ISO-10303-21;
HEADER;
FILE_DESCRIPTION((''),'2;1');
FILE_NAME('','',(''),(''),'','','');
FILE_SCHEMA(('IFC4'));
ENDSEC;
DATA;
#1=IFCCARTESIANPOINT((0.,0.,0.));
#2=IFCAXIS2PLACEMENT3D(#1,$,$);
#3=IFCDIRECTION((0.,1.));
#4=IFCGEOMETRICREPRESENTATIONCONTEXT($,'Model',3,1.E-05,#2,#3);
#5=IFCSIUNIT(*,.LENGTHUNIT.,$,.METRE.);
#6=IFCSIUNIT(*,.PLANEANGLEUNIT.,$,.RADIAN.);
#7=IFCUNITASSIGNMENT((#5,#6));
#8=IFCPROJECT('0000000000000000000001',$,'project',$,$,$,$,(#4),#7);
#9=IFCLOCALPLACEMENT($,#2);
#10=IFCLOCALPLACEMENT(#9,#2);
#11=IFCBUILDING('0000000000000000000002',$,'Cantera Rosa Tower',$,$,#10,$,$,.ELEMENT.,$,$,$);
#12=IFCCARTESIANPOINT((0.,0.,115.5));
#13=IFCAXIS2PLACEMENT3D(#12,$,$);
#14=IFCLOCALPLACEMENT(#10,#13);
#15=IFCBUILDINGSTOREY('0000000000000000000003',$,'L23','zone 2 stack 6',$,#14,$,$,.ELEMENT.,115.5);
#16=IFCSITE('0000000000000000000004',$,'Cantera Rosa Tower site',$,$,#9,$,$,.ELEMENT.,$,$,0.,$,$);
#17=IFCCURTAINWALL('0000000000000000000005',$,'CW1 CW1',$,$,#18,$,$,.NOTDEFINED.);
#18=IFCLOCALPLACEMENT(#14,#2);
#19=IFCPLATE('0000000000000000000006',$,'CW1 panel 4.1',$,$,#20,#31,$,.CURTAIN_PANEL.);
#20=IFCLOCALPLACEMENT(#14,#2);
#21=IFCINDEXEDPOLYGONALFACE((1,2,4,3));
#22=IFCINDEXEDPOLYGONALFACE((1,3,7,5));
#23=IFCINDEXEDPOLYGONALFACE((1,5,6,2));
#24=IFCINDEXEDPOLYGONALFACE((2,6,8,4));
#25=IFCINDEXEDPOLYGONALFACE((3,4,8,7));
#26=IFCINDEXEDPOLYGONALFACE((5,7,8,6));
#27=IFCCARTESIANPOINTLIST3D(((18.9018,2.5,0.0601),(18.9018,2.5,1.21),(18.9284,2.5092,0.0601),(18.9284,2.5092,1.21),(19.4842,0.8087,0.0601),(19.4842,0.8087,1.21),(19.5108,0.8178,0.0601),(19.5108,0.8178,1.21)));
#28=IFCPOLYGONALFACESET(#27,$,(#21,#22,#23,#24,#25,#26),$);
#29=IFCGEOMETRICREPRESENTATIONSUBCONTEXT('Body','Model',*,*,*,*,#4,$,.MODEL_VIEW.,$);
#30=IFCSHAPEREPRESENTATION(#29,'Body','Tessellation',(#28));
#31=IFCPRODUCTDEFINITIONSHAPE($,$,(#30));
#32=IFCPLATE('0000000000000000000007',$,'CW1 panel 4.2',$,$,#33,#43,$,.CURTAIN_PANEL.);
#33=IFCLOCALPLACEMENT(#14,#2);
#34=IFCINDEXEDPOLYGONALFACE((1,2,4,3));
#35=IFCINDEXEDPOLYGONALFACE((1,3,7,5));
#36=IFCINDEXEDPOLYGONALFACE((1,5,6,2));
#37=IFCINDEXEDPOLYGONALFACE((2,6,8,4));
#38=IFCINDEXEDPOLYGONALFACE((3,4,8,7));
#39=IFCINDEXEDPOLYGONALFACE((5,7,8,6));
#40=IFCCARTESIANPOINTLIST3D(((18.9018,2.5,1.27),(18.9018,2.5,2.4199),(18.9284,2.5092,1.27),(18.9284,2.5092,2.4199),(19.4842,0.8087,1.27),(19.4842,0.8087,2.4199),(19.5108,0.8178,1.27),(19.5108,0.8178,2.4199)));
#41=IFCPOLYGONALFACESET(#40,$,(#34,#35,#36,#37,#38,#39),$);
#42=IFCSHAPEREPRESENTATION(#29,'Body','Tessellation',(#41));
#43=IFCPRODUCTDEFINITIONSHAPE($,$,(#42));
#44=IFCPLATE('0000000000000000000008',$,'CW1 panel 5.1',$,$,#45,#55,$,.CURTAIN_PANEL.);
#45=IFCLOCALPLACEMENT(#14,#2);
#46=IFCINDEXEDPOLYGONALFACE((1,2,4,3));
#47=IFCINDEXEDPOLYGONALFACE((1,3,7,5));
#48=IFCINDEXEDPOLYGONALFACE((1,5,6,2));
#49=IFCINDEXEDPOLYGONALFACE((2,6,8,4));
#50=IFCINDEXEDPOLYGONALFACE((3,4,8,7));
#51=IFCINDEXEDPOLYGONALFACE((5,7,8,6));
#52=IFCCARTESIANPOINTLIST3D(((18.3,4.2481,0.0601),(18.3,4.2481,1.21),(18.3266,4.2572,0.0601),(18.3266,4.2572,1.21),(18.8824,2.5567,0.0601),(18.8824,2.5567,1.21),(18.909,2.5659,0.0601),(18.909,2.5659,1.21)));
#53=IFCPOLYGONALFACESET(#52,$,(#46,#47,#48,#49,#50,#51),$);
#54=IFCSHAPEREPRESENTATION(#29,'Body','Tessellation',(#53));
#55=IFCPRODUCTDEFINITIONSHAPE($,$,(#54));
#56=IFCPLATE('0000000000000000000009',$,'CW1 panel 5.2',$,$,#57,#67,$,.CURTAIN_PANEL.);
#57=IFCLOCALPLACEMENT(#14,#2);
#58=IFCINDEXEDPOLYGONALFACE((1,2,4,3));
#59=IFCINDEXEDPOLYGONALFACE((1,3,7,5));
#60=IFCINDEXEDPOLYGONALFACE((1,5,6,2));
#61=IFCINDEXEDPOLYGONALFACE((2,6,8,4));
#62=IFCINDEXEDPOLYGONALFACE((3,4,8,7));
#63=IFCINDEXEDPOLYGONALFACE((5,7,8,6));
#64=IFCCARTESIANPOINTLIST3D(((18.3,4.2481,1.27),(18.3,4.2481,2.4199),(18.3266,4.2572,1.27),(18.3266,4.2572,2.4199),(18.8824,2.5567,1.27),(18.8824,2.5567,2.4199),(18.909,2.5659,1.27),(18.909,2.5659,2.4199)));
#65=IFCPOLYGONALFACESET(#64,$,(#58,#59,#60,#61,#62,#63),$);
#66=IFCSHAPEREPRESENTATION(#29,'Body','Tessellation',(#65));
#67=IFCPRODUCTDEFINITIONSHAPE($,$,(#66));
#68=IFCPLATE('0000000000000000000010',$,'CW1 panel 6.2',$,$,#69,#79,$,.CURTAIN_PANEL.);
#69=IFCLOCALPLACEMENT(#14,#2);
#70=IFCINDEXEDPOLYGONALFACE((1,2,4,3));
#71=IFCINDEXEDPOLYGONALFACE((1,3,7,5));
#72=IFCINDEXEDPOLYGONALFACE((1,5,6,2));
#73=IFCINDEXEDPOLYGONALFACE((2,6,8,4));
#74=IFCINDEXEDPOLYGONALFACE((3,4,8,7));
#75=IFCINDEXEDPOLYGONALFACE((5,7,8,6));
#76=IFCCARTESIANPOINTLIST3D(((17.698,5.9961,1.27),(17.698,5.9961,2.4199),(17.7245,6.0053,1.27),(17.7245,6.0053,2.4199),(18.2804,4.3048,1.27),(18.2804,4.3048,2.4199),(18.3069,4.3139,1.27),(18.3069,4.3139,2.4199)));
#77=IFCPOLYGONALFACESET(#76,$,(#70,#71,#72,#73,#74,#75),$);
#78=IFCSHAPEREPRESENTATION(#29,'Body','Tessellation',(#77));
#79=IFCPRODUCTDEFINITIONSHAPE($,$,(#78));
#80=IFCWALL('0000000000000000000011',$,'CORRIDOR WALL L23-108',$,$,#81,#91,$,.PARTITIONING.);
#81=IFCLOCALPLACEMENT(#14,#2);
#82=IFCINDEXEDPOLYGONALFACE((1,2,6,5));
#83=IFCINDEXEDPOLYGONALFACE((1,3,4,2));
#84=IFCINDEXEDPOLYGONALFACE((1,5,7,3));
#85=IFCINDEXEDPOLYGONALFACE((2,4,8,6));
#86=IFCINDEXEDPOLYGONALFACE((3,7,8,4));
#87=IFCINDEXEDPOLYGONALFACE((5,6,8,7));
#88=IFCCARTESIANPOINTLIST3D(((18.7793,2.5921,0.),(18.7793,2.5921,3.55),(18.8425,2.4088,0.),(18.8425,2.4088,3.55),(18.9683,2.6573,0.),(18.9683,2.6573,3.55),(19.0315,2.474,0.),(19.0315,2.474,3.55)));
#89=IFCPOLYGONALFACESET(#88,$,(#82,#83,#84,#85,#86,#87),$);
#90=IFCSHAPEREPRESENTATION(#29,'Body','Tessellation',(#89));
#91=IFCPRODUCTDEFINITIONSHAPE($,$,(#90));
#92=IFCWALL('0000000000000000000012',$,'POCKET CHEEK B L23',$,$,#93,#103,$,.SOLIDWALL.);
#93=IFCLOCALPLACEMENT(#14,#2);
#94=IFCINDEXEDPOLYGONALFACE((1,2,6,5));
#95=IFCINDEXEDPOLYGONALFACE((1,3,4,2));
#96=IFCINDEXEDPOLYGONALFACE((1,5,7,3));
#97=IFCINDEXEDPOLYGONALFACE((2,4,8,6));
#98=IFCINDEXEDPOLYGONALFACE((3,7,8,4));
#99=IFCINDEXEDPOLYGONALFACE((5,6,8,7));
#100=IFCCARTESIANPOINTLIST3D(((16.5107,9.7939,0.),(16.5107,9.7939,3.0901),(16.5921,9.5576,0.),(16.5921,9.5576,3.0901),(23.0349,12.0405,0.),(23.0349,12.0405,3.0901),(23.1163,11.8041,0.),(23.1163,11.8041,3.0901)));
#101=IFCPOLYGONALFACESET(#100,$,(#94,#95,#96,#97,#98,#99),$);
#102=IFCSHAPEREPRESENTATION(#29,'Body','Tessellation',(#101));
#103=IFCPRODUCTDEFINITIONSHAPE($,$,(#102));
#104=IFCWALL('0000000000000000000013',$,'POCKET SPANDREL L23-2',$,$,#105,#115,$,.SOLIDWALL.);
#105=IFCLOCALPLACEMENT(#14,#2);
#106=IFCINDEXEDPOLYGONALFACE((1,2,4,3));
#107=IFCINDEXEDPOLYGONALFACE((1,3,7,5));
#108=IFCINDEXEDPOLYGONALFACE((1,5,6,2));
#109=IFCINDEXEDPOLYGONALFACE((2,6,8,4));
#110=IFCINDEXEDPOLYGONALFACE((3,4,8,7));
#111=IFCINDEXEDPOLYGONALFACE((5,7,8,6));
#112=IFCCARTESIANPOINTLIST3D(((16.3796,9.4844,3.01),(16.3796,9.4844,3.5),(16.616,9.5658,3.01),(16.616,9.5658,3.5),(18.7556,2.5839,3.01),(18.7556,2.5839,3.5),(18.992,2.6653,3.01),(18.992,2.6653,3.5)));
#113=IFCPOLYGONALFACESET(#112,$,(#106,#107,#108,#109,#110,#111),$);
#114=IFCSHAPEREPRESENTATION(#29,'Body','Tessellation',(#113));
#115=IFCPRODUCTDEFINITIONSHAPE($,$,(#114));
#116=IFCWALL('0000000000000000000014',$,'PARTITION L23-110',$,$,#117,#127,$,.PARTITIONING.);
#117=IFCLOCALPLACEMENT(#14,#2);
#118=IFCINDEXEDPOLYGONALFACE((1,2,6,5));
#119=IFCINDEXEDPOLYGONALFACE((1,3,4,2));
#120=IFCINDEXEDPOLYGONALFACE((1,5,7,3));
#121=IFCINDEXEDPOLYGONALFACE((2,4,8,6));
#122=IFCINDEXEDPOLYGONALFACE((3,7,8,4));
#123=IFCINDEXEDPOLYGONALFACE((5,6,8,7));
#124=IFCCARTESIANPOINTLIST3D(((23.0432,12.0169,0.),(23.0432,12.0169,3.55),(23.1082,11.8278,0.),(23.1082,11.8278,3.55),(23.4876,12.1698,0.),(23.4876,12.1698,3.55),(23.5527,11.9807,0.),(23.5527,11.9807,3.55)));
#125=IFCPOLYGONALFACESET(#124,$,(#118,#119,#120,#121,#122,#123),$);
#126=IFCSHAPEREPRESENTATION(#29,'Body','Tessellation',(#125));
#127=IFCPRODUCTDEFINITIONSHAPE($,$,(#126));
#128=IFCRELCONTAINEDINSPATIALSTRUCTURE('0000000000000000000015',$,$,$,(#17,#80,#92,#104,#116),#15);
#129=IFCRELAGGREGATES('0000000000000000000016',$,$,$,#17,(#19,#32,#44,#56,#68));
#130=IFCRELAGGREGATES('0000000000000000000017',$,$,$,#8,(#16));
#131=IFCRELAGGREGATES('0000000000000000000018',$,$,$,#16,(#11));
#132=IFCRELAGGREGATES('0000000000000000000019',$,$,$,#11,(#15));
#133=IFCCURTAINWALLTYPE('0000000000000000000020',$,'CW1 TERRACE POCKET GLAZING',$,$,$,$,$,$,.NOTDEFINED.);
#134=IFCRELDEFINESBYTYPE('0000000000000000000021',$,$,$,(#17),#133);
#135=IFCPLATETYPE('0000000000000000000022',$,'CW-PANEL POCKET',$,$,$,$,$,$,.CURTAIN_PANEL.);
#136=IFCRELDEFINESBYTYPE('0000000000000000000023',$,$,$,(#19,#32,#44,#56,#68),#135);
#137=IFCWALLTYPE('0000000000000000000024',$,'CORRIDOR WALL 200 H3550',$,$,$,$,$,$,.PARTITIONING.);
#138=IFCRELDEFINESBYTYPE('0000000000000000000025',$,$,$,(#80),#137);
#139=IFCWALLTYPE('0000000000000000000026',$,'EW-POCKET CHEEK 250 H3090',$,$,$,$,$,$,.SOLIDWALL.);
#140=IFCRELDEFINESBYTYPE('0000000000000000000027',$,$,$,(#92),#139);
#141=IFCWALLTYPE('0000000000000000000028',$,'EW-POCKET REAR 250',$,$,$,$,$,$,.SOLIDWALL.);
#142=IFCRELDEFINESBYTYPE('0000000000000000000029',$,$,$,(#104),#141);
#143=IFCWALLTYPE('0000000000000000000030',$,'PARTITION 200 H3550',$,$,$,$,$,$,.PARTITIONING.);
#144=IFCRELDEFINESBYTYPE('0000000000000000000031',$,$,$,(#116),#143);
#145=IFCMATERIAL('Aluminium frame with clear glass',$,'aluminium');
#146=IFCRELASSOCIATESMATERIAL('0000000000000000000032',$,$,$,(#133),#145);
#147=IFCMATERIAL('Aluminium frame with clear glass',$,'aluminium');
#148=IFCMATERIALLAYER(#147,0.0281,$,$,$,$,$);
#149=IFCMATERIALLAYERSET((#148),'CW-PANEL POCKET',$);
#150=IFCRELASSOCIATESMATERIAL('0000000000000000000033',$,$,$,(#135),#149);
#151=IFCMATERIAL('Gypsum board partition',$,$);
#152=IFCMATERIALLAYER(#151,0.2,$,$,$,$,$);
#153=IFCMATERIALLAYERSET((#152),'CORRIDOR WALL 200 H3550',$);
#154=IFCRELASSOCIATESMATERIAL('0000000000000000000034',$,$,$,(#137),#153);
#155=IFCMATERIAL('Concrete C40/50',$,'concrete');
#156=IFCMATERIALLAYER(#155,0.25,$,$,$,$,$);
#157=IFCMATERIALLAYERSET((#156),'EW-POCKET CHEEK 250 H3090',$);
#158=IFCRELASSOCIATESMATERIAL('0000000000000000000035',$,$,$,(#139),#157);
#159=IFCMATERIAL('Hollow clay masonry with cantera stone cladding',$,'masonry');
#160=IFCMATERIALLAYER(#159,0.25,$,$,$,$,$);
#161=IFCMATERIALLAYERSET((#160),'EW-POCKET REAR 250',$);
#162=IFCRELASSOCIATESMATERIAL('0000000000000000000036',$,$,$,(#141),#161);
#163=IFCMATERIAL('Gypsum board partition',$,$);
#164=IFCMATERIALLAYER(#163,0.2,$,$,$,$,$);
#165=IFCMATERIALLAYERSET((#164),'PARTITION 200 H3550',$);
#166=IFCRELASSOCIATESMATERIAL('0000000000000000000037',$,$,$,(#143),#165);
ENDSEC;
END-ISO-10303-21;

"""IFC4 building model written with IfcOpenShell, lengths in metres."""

from ifc_helpers import new_model, si_unit, direction, frame, frame_2d, origin, origin_2d, place, context, subcontext, project, spatial, rectangle, extrude, material, layer, layer_set, type_object, element, aggregate, save


model = new_model("IFC4")

# Units and contexts
model_context = context("Model", 3, precision=1e-05, world=origin(), true_north=direction((0.0, 1.0)))
body_context = subcontext(model_context, "Body", "Model", "MODEL_VIEW")
ifc_project = project(units=[si_unit("LENGTHUNIT", "METRE"), si_unit("PLANEANGLEUNIT", "RADIAN")], contexts=[model_context])

# Site, building, storey
site_placement = place(None, origin())
site = spatial("IfcSite", under=ifc_project, at=site_placement, Name="Cantera Rosa Tower site", CompositionType="ELEMENT", RefElevation=0.0)
building_placement = place(site_placement, origin())
building = spatial("IfcBuilding", under=site, at=building_placement, Name="Cantera Rosa Tower", CompositionType="ELEMENT")
storey_placement = place(building_placement, frame((0.0, 0.0, 115.5)))
storey = spatial("IfcBuildingStorey", under=building, at=storey_placement, Name="L23", Description="zone 2 stack 6", CompositionType="ELEMENT", Elevation=115.5)

# Curtain wall
ifc_material_1 = material(Name="Aluminium frame with clear glass", Category="aluminium")
curtain_wall_type = type_object("IfcCurtainWallType", Name="CW1 TERRACE POCKET GLAZING", PredefinedType="NOTDEFINED", material=ifc_material_1)
curtain_wall_placement = place(storey_placement, origin())
curtain_wall = element("IfcCurtainWall", 1, at=curtain_wall_placement, inside=storey, type_object=curtain_wall_type, Name="CW1 CW1", PredefinedType="NOTDEFINED")

# Plates
ifc_material_2 = material(Name="Aluminium frame with clear glass", Category="aluminium")
ifc_layer_1 = layer(ifc_material_2, 0.0281)
ifc_layer_set_1 = layer_set([ifc_layer_1], Name="CW-PANEL POCKET")
plate_type = type_object("IfcPlateType", Name="CW-PANEL POCKET", PredefinedType="CURTAIN_PANEL", material=ifc_layer_set_1)
plate_1_placement = place(storey_placement, frame((19.2063, 1.6589, 0.0601), z_axis=(0.0, 0.0, 1.0), x_axis=(-0.325568, 0.945519, 0.0)))
plate_1 = element("IfcPlate", 2, at=plate_1_placement, type_object=plate_type, Name="CW1 panel 4.1", PredefinedType="CURTAIN_PANEL", context=body_context, shape_type="SweptSolid", body=[
    extrude(rectangle(XDim=1.7888, YDim=0.0281, at=origin_2d()), origin(), (0.0, 0.0, 1.0), 1.1499),
])
plate_2_placement = place(storey_placement, frame((19.2063, 1.6589, 1.27), z_axis=(0.0, 0.0, 1.0), x_axis=(-0.325568, 0.945519, 0.0)))
plate_2 = element("IfcPlate", 3, at=plate_2_placement, type_object=plate_type, Name="CW1 panel 4.2", PredefinedType="CURTAIN_PANEL", context=body_context, shape_type="SweptSolid", body=[
    extrude(rectangle(XDim=1.7888, YDim=0.0281, at=origin_2d()), origin(), (0.0, 0.0, 1.0), 1.1499),
])
plate_3_placement = place(storey_placement, frame((18.6045, 3.407, 0.0601), z_axis=(0.0, 0.0, 1.0), x_axis=(-0.325568, 0.945519, 0.0)))
plate_3 = element("IfcPlate", 4, at=plate_3_placement, type_object=plate_type, Name="CW1 panel 5.1", PredefinedType="CURTAIN_PANEL", context=body_context, shape_type="SweptSolid", body=[
    extrude(rectangle(XDim=1.7888, YDim=0.0281, at=origin_2d()), origin(), (0.0, 0.0, 1.0), 1.1499),
])
plate_4_placement = place(storey_placement, frame((18.6045, 3.407, 1.27), z_axis=(0.0, 0.0, 1.0), x_axis=(-0.325568, 0.945519, 0.0)))
plate_4 = element("IfcPlate", 5, at=plate_4_placement, type_object=plate_type, Name="CW1 panel 5.2", PredefinedType="CURTAIN_PANEL", context=body_context, shape_type="SweptSolid", body=[
    extrude(rectangle(XDim=1.7888, YDim=0.0281, at=origin_2d()), origin(), (0.0, 0.0, 1.0), 1.1499),
])
plate_5_placement = place(storey_placement, frame((18.0024, 5.155, 1.27), z_axis=(0.0, 0.0, 1.0), x_axis=(-0.325568, 0.945519, 0.0)))
plate_5 = element("IfcPlate", 6, at=plate_5_placement, type_object=plate_type, Name="CW1 panel 6.2", PredefinedType="CURTAIN_PANEL", context=body_context, shape_type="SweptSolid", body=[
    extrude(rectangle(XDim=1.7888, YDim=0.0281, at=origin_2d()), origin(), (0.0, 0.0, 1.0), 1.1499),
])
aggregate(curtain_wall, [plate_1, plate_2, plate_3, plate_4, plate_5])

# Wall
ifc_material_3 = material(Name="Gypsum board partition")
ifc_layer_2 = layer(ifc_material_3, 0.2)
ifc_layer_set_2 = layer_set([ifc_layer_2], Name="CORRIDOR WALL 200 H3550")
wall_type_1 = type_object("IfcWallType", Name="CORRIDOR WALL 200 H3550", PredefinedType="PARTITIONING", material=ifc_layer_set_2)
wall_1_placement = place(storey_placement, frame((18.937, 2.4414, 0.0), z_axis=(0.0, 0.0, 1.0), x_axis=(-0.326029, 0.94536, 0.0)))
element("IfcWall", 7, at=wall_1_placement, inside=storey, type_object=wall_type_1, Name="CORRIDOR WALL L23-108", PredefinedType="PARTITIONING", context=body_context, shape_type="SweptSolid", body=[
    extrude(rectangle(XDim=0.1938, YDim=0.2, at=frame_2d((0.0969, 0.0))), origin(), (0.0, 0.0, 1.0), 3.55),
])

# Walls
ifc_material_4 = material(Name="Concrete C40/50", Category="concrete")
ifc_layer_3 = layer(ifc_material_4, 0.25)
ifc_layer_set_3 = layer_set([ifc_layer_3], Name="EW-POCKET CHEEK 250 H3090")
wall_type_2 = type_object("IfcWallType", Name="EW-POCKET CHEEK 250 H3090", PredefinedType="SOLIDWALL", material=ifc_layer_set_3)
wall_2_placement = place(storey_placement, frame((23.0757, 11.9224, 0.0), z_axis=(0.0, 0.0, 1.0), x_axis=(-0.945513, -0.325585, 0.0)))
element("IfcWall", 8, at=wall_2_placement, inside=storey, type_object=wall_type_2, Name="POCKET CHEEK B L23", PredefinedType="SOLIDWALL", context=body_context, shape_type="SweptSolid", body=[
    extrude(rectangle(XDim=6.9001, YDim=0.25, at=frame_2d((3.4502, 0.0))), origin(), (0.0, 0.0, 1.0), 3.0901),
])
ifc_material_5 = material(Name="Hollow clay masonry with cantera stone cladding", Category="masonry")
ifc_layer_4 = layer(ifc_material_5, 0.25)
ifc_layer_set_4 = layer_set([ifc_layer_4], Name="EW-POCKET REAR 250")
wall_type_3 = type_object("IfcWallType", Name="EW-POCKET REAR 250", PredefinedType="SOLIDWALL", material=ifc_layer_set_4)
wall_3_placement = place(storey_placement, frame((18.8738, 2.6248, 3.01), z_axis=(0.0, 0.0, 1.0), x_axis=(-0.325566, 0.945519, 0.0)))
element("IfcWall", 9, at=wall_3_placement, inside=storey, type_object=wall_type_3, Name="POCKET SPANDREL L23-2", PredefinedType="SOLIDWALL", context=body_context, shape_type="SweptSolid", body=[
    extrude(rectangle(XDim=7.2981, YDim=0.25, at=frame_2d((3.6489, 0.0))), origin(), (0.0, 0.0, 1.0), 0.49),
])
ifc_material_6 = material(Name="Gypsum board partition")
ifc_layer_5 = layer(ifc_material_6, 0.2)
ifc_layer_set_5 = layer_set([ifc_layer_5], Name="PARTITION 200 H3550")
wall_type_4 = type_object("IfcWallType", Name="PARTITION 200 H3550", PredefinedType="PARTITIONING", material=ifc_layer_set_5)
wall_4_placement = place(storey_placement, frame((23.52, 12.0752, 0.0), z_axis=(0.0, 0.0, 1.0), x_axis=(-0.945627, -0.325254, 0.0)))
element("IfcWall", 10, at=wall_4_placement, inside=storey, type_object=wall_type_4, Name="PARTITION L23-110", PredefinedType="PARTITIONING", context=body_context, shape_type="SweptSolid", body=[
    extrude(rectangle(XDim=0.47, YDim=0.2, at=frame_2d((0.2349, 0.0))), origin(), (0.0, 0.0, 1.0), 3.55),
])

save(model, "model.ifc")
